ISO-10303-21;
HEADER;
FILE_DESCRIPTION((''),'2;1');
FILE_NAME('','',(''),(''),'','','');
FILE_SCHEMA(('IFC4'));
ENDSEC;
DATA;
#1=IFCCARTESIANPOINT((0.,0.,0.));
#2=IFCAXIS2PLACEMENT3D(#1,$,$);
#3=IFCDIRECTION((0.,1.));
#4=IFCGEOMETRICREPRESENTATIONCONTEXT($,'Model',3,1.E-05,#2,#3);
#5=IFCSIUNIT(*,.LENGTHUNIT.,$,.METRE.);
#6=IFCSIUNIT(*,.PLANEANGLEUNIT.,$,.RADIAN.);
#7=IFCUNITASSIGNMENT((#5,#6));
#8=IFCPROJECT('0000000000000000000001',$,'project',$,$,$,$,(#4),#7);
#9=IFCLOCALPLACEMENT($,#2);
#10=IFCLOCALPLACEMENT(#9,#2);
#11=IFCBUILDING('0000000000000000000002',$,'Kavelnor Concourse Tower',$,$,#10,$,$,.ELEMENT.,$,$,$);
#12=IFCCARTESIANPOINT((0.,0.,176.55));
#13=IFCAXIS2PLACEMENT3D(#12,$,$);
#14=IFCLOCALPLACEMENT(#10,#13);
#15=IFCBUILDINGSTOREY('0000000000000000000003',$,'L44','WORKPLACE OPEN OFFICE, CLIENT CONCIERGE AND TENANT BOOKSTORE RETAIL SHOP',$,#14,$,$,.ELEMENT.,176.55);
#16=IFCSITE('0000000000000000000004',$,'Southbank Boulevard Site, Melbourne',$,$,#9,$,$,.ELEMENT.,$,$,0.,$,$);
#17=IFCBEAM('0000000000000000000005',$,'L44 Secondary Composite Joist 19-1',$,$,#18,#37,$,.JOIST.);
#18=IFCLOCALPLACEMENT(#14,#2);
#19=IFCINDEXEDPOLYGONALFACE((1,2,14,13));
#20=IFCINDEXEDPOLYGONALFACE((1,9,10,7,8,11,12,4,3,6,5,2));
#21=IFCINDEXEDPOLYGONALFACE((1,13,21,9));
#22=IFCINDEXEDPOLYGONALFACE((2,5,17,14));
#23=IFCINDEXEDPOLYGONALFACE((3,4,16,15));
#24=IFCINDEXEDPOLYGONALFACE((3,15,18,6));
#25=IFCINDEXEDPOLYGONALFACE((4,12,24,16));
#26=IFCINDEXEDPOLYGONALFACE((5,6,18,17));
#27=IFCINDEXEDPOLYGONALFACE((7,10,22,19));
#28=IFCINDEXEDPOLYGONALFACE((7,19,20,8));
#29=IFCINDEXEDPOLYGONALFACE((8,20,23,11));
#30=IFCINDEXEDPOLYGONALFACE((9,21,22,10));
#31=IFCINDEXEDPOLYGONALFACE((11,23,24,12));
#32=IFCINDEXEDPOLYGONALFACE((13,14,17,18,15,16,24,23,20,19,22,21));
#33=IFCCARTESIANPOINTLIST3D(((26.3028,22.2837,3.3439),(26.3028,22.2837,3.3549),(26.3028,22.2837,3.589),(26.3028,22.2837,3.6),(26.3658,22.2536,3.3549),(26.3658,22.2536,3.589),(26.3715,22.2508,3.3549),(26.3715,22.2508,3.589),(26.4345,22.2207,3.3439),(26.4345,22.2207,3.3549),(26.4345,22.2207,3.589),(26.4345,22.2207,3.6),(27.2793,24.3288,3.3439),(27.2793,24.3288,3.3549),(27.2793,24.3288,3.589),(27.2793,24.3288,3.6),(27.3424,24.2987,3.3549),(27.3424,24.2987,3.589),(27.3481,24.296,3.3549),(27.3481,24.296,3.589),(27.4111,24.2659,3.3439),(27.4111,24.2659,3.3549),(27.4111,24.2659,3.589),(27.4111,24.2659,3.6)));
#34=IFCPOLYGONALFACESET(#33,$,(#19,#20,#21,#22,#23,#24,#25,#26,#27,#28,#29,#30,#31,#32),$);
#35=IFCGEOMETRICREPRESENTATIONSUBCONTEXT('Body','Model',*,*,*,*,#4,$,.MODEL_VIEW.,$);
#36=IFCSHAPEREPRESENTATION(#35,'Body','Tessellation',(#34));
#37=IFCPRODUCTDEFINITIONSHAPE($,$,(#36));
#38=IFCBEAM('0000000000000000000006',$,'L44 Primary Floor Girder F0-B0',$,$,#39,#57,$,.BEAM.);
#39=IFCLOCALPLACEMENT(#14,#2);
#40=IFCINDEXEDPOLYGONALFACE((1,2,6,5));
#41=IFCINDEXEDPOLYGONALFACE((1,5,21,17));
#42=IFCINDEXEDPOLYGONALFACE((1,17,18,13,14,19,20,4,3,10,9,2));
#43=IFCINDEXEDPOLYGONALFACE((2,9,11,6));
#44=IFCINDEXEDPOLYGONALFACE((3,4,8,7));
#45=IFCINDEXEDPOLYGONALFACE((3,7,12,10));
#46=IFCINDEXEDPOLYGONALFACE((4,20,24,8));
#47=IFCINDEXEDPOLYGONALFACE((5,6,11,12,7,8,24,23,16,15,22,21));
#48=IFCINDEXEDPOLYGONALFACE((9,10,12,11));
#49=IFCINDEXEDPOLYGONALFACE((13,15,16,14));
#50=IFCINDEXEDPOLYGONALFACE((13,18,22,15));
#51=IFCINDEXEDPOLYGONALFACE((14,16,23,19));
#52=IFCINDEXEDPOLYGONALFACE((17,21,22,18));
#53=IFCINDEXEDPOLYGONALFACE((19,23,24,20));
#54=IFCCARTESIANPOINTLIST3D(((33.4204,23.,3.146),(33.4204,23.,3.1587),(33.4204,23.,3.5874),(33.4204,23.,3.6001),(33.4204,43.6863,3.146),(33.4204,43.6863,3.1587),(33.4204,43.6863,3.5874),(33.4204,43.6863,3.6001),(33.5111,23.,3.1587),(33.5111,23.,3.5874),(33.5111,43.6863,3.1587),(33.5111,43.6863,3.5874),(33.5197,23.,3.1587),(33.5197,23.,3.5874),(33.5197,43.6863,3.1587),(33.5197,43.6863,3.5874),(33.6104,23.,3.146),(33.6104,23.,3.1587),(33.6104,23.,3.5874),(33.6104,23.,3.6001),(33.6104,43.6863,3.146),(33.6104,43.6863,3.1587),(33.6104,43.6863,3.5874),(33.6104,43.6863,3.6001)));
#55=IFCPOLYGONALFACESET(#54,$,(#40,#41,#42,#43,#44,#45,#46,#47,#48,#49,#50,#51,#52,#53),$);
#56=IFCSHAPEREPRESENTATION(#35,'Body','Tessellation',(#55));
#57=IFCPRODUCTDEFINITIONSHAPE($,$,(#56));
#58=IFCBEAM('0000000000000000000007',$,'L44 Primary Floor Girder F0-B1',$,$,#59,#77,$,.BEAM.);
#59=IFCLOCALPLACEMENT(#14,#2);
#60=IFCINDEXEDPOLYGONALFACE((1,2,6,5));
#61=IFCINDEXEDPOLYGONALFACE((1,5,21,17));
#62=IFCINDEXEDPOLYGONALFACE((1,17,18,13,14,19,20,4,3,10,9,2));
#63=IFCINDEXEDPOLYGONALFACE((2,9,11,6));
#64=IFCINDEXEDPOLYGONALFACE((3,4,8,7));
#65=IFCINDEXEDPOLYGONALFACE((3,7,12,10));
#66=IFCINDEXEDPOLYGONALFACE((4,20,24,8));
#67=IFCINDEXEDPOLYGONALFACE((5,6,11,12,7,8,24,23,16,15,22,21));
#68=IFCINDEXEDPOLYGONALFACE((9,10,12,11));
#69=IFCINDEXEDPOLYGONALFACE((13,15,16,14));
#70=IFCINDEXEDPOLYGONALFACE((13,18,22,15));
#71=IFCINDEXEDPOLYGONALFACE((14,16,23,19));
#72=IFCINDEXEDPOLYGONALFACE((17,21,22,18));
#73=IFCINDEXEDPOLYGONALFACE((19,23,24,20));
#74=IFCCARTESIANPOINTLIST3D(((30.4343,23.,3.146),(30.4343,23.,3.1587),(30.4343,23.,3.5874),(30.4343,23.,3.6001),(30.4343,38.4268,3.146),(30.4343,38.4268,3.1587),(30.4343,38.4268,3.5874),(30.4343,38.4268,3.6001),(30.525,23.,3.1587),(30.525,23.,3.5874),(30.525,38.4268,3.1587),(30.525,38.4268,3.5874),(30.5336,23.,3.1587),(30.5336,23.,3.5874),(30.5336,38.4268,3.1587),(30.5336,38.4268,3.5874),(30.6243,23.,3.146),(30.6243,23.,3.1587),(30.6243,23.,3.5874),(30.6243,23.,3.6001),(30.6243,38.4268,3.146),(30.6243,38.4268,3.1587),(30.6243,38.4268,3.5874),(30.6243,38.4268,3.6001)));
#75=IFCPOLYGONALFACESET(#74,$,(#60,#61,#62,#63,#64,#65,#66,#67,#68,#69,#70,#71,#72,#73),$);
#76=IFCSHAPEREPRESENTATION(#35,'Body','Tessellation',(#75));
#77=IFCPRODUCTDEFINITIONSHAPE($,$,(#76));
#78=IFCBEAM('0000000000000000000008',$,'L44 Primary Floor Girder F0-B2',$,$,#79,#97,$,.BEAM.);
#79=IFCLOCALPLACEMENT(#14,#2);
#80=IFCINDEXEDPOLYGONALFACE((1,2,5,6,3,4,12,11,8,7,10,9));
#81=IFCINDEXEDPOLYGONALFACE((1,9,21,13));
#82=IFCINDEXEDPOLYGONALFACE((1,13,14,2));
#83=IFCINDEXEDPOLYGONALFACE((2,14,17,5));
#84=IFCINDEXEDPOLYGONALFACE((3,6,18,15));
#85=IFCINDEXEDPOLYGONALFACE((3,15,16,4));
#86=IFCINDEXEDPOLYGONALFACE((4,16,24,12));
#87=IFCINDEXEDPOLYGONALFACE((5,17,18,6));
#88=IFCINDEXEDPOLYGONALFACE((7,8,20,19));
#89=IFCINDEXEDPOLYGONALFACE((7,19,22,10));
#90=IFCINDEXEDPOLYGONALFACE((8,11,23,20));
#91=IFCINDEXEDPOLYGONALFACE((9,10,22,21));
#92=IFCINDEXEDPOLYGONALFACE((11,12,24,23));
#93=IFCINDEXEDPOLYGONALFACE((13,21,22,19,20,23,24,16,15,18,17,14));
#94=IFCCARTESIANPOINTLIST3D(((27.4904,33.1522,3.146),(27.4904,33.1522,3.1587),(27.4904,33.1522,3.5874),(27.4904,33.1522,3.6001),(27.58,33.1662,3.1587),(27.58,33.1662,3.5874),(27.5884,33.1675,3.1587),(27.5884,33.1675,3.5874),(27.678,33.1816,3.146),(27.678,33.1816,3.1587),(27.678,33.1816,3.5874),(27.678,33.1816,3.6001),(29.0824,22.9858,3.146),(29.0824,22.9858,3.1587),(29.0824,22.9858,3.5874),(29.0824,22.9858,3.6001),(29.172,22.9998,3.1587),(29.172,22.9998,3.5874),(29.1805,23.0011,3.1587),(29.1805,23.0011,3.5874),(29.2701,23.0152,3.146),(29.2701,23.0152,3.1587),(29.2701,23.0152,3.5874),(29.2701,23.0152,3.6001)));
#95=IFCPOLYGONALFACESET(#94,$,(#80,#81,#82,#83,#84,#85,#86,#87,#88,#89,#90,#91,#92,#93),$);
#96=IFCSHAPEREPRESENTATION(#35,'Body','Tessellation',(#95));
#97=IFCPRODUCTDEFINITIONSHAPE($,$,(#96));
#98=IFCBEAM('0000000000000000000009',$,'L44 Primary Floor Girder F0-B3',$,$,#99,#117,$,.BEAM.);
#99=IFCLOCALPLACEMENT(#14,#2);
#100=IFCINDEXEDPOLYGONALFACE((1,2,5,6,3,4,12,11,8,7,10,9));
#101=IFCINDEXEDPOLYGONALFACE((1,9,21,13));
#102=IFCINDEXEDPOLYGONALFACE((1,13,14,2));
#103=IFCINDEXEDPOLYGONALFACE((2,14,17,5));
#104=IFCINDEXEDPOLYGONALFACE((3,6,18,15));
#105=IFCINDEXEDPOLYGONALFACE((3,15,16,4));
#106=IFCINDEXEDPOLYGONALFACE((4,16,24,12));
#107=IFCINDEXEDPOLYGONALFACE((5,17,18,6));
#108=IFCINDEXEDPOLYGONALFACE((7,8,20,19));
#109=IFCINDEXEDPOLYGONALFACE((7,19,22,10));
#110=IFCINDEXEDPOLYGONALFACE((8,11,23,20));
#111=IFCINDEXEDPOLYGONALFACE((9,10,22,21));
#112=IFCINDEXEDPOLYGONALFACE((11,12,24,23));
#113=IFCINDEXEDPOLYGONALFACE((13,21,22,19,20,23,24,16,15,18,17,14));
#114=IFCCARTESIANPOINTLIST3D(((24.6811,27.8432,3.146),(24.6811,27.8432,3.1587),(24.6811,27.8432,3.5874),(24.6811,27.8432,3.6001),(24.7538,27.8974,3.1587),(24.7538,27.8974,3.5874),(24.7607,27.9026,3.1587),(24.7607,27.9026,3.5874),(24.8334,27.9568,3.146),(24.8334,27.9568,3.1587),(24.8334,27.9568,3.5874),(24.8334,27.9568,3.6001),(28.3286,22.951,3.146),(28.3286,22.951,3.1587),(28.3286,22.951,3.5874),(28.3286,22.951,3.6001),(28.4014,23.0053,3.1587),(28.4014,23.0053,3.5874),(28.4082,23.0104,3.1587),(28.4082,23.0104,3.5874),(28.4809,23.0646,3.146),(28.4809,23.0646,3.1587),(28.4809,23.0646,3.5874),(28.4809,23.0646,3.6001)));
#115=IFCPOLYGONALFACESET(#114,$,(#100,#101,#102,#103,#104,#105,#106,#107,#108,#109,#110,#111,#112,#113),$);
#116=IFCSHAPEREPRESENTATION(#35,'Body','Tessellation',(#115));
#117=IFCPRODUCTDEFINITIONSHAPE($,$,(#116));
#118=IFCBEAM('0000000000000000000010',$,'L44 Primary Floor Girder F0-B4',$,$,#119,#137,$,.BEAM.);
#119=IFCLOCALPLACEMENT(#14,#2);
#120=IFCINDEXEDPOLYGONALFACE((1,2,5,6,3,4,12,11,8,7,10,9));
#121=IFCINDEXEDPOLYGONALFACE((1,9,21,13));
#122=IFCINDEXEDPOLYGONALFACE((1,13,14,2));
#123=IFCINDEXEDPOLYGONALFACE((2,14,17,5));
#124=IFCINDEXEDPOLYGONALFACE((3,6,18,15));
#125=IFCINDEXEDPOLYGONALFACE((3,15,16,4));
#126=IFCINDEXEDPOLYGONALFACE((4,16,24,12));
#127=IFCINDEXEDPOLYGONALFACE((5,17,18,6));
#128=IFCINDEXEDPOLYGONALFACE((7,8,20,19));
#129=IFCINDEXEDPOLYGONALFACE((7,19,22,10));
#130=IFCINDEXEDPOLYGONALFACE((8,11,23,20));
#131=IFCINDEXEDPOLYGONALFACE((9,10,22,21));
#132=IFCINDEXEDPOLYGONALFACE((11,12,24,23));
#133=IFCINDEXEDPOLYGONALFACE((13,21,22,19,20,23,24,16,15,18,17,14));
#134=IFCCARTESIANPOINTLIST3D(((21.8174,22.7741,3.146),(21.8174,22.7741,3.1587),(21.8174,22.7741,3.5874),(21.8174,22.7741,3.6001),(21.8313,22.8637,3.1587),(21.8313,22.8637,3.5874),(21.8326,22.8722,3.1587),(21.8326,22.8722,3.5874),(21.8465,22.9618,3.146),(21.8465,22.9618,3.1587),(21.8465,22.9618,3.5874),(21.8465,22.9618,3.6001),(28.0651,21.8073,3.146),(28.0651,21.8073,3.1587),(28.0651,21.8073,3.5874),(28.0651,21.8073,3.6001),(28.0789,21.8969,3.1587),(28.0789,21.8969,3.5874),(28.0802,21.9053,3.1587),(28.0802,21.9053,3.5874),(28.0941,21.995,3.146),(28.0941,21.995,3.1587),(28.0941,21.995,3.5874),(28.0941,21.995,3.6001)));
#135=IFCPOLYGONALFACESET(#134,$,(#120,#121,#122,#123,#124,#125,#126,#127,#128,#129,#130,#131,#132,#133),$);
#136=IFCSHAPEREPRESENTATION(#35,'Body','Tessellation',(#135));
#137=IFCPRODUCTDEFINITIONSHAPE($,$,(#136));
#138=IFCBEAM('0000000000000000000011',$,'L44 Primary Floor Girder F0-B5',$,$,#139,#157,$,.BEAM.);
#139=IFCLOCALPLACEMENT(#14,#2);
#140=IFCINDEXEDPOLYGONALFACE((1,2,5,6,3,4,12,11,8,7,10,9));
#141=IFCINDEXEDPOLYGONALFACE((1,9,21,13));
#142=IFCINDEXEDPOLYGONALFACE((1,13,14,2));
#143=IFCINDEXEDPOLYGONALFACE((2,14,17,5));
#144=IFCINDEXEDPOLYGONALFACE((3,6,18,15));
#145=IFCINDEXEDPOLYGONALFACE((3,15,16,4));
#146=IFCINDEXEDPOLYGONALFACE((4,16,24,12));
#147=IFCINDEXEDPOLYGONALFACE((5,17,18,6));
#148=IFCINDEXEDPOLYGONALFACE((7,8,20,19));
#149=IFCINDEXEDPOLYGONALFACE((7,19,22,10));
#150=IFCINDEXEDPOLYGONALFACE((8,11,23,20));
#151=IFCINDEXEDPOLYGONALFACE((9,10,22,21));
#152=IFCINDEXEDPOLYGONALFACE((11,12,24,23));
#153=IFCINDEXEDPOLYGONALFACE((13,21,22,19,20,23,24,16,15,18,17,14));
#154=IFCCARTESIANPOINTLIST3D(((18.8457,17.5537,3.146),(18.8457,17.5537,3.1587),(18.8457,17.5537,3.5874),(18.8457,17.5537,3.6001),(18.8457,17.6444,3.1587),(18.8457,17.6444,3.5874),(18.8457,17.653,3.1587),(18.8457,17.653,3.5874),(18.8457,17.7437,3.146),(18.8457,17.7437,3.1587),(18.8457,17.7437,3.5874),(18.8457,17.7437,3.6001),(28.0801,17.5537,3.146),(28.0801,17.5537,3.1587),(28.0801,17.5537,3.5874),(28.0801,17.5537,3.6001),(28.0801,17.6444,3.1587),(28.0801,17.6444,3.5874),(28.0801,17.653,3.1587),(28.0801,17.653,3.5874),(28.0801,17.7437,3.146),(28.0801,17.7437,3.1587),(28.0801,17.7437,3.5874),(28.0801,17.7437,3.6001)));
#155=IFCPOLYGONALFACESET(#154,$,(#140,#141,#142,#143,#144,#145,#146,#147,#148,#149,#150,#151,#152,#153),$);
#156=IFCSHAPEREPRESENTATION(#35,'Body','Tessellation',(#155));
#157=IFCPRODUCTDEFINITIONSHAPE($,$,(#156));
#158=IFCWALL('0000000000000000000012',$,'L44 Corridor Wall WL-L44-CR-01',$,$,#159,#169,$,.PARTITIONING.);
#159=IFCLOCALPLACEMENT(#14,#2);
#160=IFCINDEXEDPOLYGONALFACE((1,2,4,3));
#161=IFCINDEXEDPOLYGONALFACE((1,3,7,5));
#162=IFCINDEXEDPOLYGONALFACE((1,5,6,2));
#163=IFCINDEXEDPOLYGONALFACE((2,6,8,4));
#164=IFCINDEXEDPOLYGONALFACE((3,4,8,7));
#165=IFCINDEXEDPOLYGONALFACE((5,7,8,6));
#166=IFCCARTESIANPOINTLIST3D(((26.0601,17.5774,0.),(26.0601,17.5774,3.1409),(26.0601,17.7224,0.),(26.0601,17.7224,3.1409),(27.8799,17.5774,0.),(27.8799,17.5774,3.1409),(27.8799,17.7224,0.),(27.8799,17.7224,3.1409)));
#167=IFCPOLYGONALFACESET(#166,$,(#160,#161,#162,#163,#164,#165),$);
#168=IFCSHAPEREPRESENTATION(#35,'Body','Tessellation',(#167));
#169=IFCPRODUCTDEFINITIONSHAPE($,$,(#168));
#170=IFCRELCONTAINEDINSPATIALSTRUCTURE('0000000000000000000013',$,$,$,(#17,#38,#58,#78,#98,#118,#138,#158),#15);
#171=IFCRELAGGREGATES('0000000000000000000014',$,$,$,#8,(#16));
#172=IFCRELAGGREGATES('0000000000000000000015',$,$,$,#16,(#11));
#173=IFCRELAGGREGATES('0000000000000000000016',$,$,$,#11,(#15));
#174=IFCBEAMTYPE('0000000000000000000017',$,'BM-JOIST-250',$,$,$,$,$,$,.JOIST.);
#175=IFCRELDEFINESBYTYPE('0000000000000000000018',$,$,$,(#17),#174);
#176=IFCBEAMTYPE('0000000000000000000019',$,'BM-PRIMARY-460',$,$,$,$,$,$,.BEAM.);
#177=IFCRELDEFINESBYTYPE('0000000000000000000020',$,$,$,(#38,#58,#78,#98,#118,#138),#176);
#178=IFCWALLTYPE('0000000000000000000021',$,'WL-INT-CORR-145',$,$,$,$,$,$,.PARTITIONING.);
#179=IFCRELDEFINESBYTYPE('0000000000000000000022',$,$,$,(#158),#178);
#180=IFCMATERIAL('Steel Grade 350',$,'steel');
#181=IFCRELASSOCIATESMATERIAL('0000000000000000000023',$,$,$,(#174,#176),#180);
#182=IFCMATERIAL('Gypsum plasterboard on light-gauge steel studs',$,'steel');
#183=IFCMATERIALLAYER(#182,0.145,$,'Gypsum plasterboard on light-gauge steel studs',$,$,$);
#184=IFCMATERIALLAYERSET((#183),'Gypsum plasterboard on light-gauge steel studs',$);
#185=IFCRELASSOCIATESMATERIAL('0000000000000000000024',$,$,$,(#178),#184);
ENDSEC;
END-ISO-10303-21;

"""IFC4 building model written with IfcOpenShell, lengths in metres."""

from ifc_helpers import new_model, si_unit, direction, frame, frame_2d, origin, origin_2d, place, context, subcontext, project, spatial, rectangle, i_section, extrude, material, layer, layer_set, material_profile, profile_set, type_object, element, save


model = new_model("IFC4")

# Units and contexts
model_context = context("Model", 3, precision=1e-05, world=origin(), true_north=direction((0.0, 1.0)))
body_context = subcontext(model_context, "Body", "Model", "MODEL_VIEW")
ifc_project = project(units=[si_unit("LENGTHUNIT", "METRE"), si_unit("PLANEANGLEUNIT", "RADIAN")], contexts=[model_context])

# Site, building, storey
site_placement = place(None, origin())
site = spatial("IfcSite", under=ifc_project, at=site_placement, Name="Southbank Boulevard Site, Melbourne", CompositionType="ELEMENT", RefElevation=0.0)
building_placement = place(site_placement, origin())
building = spatial("IfcBuilding", under=site, at=building_placement, Name="Kavelnor Concourse Tower", CompositionType="ELEMENT")
storey_placement = place(building_placement, frame((0.0, 0.0, 176.55)))
storey = spatial("IfcBuildingStorey", under=building, at=storey_placement, Name="L44", Description="WORKPLACE OPEN OFFICE, CLIENT CONCIERGE AND TENANT BOOKSTORE RETAIL SHOP", CompositionType="ELEMENT", Elevation=176.55)

# Beams
ifc_material_1 = material(Name="Steel Grade 350", Category="steel")
ifc_material_profile_1 = material_profile(ifc_material_1, i_section(OverallWidth=0.146, OverallDepth=0.2561, WebThickness=0.0063, FlangeThickness=0.011, at=origin_2d()), Name="250UB37")
ifc_profile_set_1 = profile_set([ifc_material_profile_1], Name="Steel Grade 350")
beam_type_1 = type_object("IfcBeamType", Name="BM-JOIST-250", PredefinedType="JOIST", material=ifc_profile_set_1)
beam_1_placement = place(storey_placement, frame((27.3452, 24.2974, 3.4719), z_axis=(-0.430895, -0.902402, 0.0), x_axis=(0.902402, -0.430895, 0.0)))
element("IfcBeam", 1, at=beam_1_placement, inside=storey, type_object=beam_type_1, Name="L44 Secondary Composite Joist 19-1", PredefinedType="JOIST", context=body_context, shape_type="SweptSolid", body=[
    extrude(i_section(OverallWidth=0.146, OverallDepth=0.2561, WebThickness=0.0063, FlangeThickness=0.011, at=origin_2d()), origin(), (0.0, 0.0, 1.0), 2.2664),
])
ifc_material_profile_2 = material_profile(ifc_material_1, i_section(OverallWidth=0.1899, OverallDepth=0.4541, WebThickness=0.0085, FlangeThickness=0.0127, at=origin_2d()), Name="460UB67")
ifc_profile_set_2 = profile_set([ifc_material_profile_2], Name="Steel Grade 350")
beam_type_2 = type_object("IfcBeamType", Name="BM-PRIMARY-460", PredefinedType="BEAM", material=ifc_profile_set_2)
beam_2_placement = place(storey_placement, frame((33.5154, 23.0, 3.373), z_axis=(0.0, 1.0, 0.0), x_axis=(-1.0, 0.0, 0.0)))
element("IfcBeam", 2, at=beam_2_placement, inside=storey, type_object=beam_type_2, Name="L44 Primary Floor Girder F0-B0", PredefinedType="BEAM", context=body_context, shape_type="SweptSolid", body=[
    extrude(i_section(OverallWidth=0.1899, OverallDepth=0.4541, WebThickness=0.0085, FlangeThickness=0.0127, at=origin_2d()), origin(), (0.0, 0.0, 1.0), 20.6863),
])
beam_3_placement = place(storey_placement, frame((30.5293, 23.0, 3.373), z_axis=(0.0, 1.0, 0.0), x_axis=(-1.0, 0.0, 0.0)))
element("IfcBeam", 3, at=beam_3_placement, inside=storey, type_object=beam_type_2, Name="L44 Primary Floor Girder F0-B1", PredefinedType="BEAM", context=body_context, shape_type="SweptSolid", body=[
    extrude(i_section(OverallWidth=0.1899, OverallDepth=0.4541, WebThickness=0.0085, FlangeThickness=0.0127, at=origin_2d()), origin(), (0.0, 0.0, 1.0), 15.4268),
])
beam_4_placement = place(storey_placement, frame((29.1763, 23.0005, 3.373), z_axis=(-0.154715, 0.987959, 0.0), x_axis=(-0.987959, -0.154715, 0.0)))
element("IfcBeam", 4, at=beam_4_placement, inside=storey, type_object=beam_type_2, Name="L44 Primary Floor Girder F0-B2", PredefinedType="BEAM", context=body_context, shape_type="SweptSolid", body=[
    extrude(i_section(OverallWidth=0.1899, OverallDepth=0.4541, WebThickness=0.0085, FlangeThickness=0.0127, at=origin_2d()), origin(), (0.0, 0.0, 1.0), 10.2903),
])
beam_5_placement = place(storey_placement, frame((28.4048, 23.0078, 3.373), z_axis=(-0.597731, 0.801696, 0.0), x_axis=(-0.801696, -0.597731, 0.0)))
element("IfcBeam", 5, at=beam_5_placement, inside=storey, type_object=beam_type_2, Name="L44 Primary Floor Girder F0-B3", PredefinedType="BEAM", context=body_context, shape_type="SweptSolid", body=[
    extrude(i_section(OverallWidth=0.1899, OverallDepth=0.4541, WebThickness=0.0085, FlangeThickness=0.0127, at=origin_2d()), origin(), (0.0, 0.0, 1.0), 6.1023),
])
beam_6_placement = place(storey_placement, frame((28.0796, 21.9011, 3.373), z_axis=(-0.988237, 0.152928, 0.0), x_axis=(-0.152928, -0.988237, 0.0)))
element("IfcBeam", 6, at=beam_6_placement, inside=storey, type_object=beam_type_2, Name="L44 Primary Floor Girder F0-B4", PredefinedType="BEAM", context=body_context, shape_type="SweptSolid", body=[
    extrude(i_section(OverallWidth=0.1899, OverallDepth=0.4541, WebThickness=0.0085, FlangeThickness=0.0127, at=origin_2d()), origin(), (0.0, 0.0, 1.0), 6.322),
])
beam_7_placement = place(storey_placement, frame((28.0801, 17.6487, 3.373), z_axis=(-1.0, 0.0, 0.0), x_axis=(0.0, -1.0, 0.0)))
element("IfcBeam", 7, at=beam_7_placement, inside=storey, type_object=beam_type_2, Name="L44 Primary Floor Girder F0-B5", PredefinedType="BEAM", context=body_context, shape_type="SweptSolid", body=[
    extrude(i_section(OverallWidth=0.1899, OverallDepth=0.4541, WebThickness=0.0085, FlangeThickness=0.0127, at=origin_2d()), origin(), (0.0, 0.0, 1.0), 9.2344),
])

# Wall
ifc_material_2 = material(Name="Gypsum plasterboard on light-gauge steel studs", Category="steel")
ifc_layer_1 = layer(ifc_material_2, 0.145, Name="Gypsum plasterboard on light-gauge steel studs")
ifc_layer_set_1 = layer_set([ifc_layer_1], Name="Gypsum plasterboard on light-gauge steel studs")
wall_type_1 = type_object("IfcWallType", Name="WL-INT-CORR-145", PredefinedType="PARTITIONING", material=ifc_layer_set_1)
wall_1_placement = place(storey_placement, frame((27.8799, 17.6499, 0.0), z_axis=(0.0, 0.0, 1.0), x_axis=(-1.0, 0.0, 0.0)))
element("IfcWall", 8, at=wall_1_placement, inside=storey, type_object=wall_type_1, Name="L44 Corridor Wall WL-L44-CR-01", PredefinedType="PARTITIONING", context=body_context, shape_type="SweptSolid", body=[
    extrude(rectangle(XDim=1.8198, YDim=0.145, at=frame_2d((0.9099, 0.0))), origin(), (0.0, 0.0, 1.0), 3.1409),
])

save(model, "model.ifc")
